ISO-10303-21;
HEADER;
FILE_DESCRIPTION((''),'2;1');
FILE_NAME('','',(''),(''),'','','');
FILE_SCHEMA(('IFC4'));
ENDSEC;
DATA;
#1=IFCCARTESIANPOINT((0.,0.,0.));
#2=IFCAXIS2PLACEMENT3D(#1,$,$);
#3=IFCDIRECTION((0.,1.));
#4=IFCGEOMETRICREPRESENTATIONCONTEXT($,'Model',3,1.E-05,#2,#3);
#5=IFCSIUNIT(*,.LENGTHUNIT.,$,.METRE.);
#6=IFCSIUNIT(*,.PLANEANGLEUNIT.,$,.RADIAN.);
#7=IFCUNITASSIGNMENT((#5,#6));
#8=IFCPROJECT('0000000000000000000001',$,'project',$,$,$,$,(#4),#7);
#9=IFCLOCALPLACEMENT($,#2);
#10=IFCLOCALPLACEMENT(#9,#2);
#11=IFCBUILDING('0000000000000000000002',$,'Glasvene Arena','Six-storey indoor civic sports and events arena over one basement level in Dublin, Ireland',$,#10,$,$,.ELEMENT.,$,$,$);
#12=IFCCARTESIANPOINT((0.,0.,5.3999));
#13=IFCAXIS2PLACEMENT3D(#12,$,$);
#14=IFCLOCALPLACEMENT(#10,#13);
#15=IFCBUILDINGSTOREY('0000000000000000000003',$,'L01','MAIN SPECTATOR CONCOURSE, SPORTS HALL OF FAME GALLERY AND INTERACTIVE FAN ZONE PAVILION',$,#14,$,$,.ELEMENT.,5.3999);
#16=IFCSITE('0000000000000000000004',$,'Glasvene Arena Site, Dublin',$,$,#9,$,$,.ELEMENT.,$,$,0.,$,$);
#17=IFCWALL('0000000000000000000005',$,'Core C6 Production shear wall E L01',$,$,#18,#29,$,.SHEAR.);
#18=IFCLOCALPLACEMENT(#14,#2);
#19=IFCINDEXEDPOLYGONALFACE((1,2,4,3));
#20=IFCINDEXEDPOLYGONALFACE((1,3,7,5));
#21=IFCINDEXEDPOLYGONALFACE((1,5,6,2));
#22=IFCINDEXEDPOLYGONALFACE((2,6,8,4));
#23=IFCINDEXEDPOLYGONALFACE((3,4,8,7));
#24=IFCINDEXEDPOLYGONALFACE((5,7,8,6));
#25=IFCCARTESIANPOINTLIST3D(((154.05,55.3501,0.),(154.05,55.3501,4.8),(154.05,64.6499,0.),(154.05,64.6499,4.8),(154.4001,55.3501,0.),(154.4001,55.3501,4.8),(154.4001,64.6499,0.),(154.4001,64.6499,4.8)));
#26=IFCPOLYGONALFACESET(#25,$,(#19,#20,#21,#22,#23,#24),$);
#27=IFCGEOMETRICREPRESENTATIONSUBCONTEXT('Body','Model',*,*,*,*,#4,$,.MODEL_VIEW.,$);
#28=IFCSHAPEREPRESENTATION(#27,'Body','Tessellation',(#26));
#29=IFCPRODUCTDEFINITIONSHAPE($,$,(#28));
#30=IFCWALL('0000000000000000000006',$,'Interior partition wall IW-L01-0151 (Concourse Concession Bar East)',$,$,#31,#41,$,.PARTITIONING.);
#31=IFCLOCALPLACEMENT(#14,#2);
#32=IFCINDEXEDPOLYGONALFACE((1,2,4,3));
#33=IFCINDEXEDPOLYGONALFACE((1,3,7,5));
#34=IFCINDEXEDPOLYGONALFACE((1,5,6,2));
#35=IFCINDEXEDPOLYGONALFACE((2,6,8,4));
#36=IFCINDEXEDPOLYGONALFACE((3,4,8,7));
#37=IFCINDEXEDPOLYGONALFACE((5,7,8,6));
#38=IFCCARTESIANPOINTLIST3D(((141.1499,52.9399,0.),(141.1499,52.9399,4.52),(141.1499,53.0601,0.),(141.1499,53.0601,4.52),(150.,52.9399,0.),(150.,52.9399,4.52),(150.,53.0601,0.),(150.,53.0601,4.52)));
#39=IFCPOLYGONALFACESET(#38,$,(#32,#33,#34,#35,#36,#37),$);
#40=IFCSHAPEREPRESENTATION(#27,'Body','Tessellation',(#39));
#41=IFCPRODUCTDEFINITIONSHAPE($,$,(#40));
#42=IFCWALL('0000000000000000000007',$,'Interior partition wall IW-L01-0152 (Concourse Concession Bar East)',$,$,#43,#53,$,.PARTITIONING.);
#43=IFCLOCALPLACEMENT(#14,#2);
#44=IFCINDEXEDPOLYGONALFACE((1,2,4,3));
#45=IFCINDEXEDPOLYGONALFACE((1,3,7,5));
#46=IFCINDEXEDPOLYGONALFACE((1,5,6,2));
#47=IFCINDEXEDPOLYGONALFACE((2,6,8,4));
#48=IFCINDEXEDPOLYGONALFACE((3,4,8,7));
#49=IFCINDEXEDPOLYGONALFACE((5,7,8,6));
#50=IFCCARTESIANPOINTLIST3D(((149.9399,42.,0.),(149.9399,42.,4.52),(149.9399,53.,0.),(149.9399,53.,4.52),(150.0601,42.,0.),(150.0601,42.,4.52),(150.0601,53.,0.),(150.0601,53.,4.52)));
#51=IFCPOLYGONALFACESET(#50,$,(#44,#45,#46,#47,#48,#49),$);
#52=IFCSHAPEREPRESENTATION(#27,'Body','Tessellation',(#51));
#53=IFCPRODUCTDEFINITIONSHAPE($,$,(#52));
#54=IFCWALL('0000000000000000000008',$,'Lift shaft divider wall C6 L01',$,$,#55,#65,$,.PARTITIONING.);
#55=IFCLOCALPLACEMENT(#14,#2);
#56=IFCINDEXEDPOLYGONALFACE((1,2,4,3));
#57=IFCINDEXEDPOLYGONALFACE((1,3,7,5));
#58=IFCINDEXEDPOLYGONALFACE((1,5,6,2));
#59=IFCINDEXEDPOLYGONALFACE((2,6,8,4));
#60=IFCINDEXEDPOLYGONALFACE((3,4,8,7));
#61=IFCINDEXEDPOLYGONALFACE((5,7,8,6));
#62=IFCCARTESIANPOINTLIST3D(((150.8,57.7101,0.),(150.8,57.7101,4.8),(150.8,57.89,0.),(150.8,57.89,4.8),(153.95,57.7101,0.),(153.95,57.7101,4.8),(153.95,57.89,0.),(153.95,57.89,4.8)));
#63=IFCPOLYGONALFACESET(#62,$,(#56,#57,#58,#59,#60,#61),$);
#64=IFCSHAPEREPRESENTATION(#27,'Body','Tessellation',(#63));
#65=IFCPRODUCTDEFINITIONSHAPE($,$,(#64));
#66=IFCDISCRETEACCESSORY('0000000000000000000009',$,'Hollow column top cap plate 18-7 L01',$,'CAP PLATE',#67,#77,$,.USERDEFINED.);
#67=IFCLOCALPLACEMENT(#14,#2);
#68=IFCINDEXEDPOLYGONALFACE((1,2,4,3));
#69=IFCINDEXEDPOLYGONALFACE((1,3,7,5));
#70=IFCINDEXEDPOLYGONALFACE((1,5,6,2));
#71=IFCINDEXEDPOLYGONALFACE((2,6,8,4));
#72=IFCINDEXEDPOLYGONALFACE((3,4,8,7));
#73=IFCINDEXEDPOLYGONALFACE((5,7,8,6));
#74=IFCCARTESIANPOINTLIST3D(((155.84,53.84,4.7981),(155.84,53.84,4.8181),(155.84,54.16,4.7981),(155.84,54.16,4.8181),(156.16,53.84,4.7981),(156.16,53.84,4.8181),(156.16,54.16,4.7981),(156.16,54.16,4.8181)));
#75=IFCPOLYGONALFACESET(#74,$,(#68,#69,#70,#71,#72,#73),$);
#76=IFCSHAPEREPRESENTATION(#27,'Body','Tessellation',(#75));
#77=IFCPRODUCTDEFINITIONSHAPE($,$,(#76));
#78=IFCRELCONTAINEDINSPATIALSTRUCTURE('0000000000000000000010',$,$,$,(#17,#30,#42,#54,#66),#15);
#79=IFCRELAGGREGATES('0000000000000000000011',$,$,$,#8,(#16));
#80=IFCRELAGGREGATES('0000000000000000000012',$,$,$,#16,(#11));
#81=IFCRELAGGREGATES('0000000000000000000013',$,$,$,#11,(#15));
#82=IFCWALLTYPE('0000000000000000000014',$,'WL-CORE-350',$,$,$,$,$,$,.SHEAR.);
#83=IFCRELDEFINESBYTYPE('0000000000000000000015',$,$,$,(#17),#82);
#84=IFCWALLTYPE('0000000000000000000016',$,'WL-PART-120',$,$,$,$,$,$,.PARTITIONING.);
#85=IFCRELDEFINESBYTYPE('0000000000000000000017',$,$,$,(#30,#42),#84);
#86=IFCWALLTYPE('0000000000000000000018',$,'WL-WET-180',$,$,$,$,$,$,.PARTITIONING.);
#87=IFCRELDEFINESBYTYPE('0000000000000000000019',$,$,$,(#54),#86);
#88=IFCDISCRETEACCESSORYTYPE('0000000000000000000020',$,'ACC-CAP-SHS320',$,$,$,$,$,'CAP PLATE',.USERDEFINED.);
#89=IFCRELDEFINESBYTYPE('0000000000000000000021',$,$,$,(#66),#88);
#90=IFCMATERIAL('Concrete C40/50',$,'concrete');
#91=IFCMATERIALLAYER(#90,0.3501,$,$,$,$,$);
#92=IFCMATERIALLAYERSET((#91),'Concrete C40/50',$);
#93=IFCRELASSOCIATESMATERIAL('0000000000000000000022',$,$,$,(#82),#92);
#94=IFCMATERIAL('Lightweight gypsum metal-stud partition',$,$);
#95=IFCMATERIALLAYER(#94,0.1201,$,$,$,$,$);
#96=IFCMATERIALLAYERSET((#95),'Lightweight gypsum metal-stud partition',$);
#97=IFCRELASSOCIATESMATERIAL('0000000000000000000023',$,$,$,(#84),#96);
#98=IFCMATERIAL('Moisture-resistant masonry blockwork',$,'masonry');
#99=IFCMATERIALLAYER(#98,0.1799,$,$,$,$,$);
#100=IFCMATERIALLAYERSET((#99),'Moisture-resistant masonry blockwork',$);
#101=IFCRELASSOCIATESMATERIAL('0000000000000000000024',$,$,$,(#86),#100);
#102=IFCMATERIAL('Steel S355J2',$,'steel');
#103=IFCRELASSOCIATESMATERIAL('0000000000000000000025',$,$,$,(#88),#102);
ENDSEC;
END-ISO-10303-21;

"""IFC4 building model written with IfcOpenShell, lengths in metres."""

from ifc_helpers import new_model, si_unit, direction, frame, frame_2d, origin, origin_2d, place, context, subcontext, project, spatial, rectangle, extrude, material, layer, layer_set, type_object, element, save


model = new_model("IFC4")

# Units and contexts
model_context = context("Model", 3, precision=1e-05, world=origin(), true_north=direction((0.0, 1.0)))
body_context = subcontext(model_context, "Body", "Model", "MODEL_VIEW")
ifc_project = project(units=[si_unit("LENGTHUNIT", "METRE"), si_unit("PLANEANGLEUNIT", "RADIAN")], contexts=[model_context])

# Site, building, storey
site_placement = place(None, origin())
site = spatial("IfcSite", under=ifc_project, at=site_placement, Name="Glasvene Arena Site, Dublin", CompositionType="ELEMENT", RefElevation=0.0)
building_placement = place(site_placement, origin())
building = spatial("IfcBuilding", under=site, at=building_placement, Name="Glasvene Arena", Description="Six-storey indoor civic sports and events arena over one basement level in Dublin, Ireland", CompositionType="ELEMENT")
storey_placement = place(building_placement, frame((0.0, 0.0, 5.3999)))
storey = spatial("IfcBuildingStorey", under=building, at=storey_placement, Name="L01", Description="MAIN SPECTATOR CONCOURSE, SPORTS HALL OF FAME GALLERY AND INTERACTIVE FAN ZONE PAVILION", CompositionType="ELEMENT", Elevation=5.3999)

# Shared definitions
ifc_material_1 = material(Name="Steel S355J2", Category="steel")

# Shared definitions
ifc_material_2 = material(Name="Concrete C40/50", Category="concrete")
ifc_layer_1 = layer(ifc_material_2, 0.3501)
ifc_layer_set_1 = layer_set([ifc_layer_1], Name="Concrete C40/50")
wall_type_1 = type_object("IfcWallType", Name="WL-CORE-350", PredefinedType="SHEAR", material=ifc_layer_set_1)

# Walls
wall_1_placement = place(storey_placement, frame((154.2251, 55.3501, 0.0), z_axis=(0.0, 0.0, 1.0), x_axis=(0.0, 1.0, 0.0)))
element("IfcWall", 1, at=wall_1_placement, inside=storey, type_object=wall_type_1, Name="Core C6 Production shear wall E L01", PredefinedType="SHEAR", context=body_context, shape_type="SweptSolid", body=[
    extrude(rectangle(XDim=9.2998, YDim=0.3501, at=frame_2d((4.6499, 0.0))), origin(), (0.0, 0.0, 1.0), 4.8),
])
ifc_material_3 = material(Name="Lightweight gypsum metal-stud partition")
ifc_layer_2 = layer(ifc_material_3, 0.1201)
ifc_layer_set_2 = layer_set([ifc_layer_2], Name="Lightweight gypsum metal-stud partition")
wall_type_2 = type_object("IfcWallType", Name="WL-PART-120", PredefinedType="PARTITIONING", material=ifc_layer_set_2)
wall_2_placement = place(storey_placement, frame((141.1499, 53.0, 0.0), z_axis=(0.0, 0.0, 1.0), x_axis=(1.0, 0.0, 0.0)))
element("IfcWall", 2, at=wall_2_placement, inside=storey, type_object=wall_type_2, Name="Interior partition wall IW-L01-0151 (Concourse Concession Bar East)", PredefinedType="PARTITIONING", context=body_context, shape_type="SweptSolid", body=[
    extrude(rectangle(XDim=8.8501, YDim=0.1201, at=frame_2d((4.425, 0.0))), origin(), (0.0, 0.0, 1.0), 4.52),
])
wall_3_placement = place(storey_placement, frame((150.0, 53.0, 0.0), z_axis=(0.0, 0.0, 1.0), x_axis=(0.0, -1.0, 0.0)))
element("IfcWall", 3, at=wall_3_placement, inside=storey, type_object=wall_type_2, Name="Interior partition wall IW-L01-0152 (Concourse Concession Bar East)", PredefinedType="PARTITIONING", context=body_context, shape_type="SweptSolid", body=[
    extrude(rectangle(XDim=11.0, YDim=0.1201, at=frame_2d((5.5, 0.0))), origin(), (0.0, 0.0, 1.0), 4.52),
])

# Wall
ifc_material_4 = material(Name="Moisture-resistant masonry blockwork", Category="masonry")
ifc_layer_3 = layer(ifc_material_4, 0.1799)
ifc_layer_set_3 = layer_set([ifc_layer_3], Name="Moisture-resistant masonry blockwork")
wall_type_3 = type_object("IfcWallType", Name="WL-WET-180", PredefinedType="PARTITIONING", material=ifc_layer_set_3)
wall_4_placement = place(storey_placement, frame((150.8, 57.8, 0.0), z_axis=(0.0, 0.0, 1.0), x_axis=(1.0, 0.0, 0.0)))
element("IfcWall", 4, at=wall_4_placement, inside=storey, type_object=wall_type_3, Name="Lift shaft divider wall C6 L01", PredefinedType="PARTITIONING", context=body_context, shape_type="SweptSolid", body=[
    extrude(rectangle(XDim=3.1499, YDim=0.1799, at=frame_2d((1.575, 0.0))), origin(), (0.0, 0.0, 1.0), 4.8),
])

# Discrete accessory
discrete_accessory_type = type_object("IfcDiscreteAccessoryType", Name="ACC-CAP-SHS320", ElementType="CAP PLATE", PredefinedType="USERDEFINED", material=ifc_material_1)
discrete_accessory_placement = place(storey_placement, frame((156.0, 54.0, 4.7981), z_axis=(0.0, 0.0, 1.0), x_axis=(1.0, 0.0, 0.0)))
element("IfcDiscreteAccessory", 5, at=discrete_accessory_placement, inside=storey, type_object=discrete_accessory_type, Name="Hollow column top cap plate 18-7 L01", ObjectType="CAP PLATE", PredefinedType="USERDEFINED", context=body_context, shape_type="SweptSolid", body=[
    extrude(rectangle(XDim=0.3201, YDim=0.3201, at=origin_2d()), origin(), (0.0, 0.0, 1.0), 0.02),
])

save(model, "model.ifc")
